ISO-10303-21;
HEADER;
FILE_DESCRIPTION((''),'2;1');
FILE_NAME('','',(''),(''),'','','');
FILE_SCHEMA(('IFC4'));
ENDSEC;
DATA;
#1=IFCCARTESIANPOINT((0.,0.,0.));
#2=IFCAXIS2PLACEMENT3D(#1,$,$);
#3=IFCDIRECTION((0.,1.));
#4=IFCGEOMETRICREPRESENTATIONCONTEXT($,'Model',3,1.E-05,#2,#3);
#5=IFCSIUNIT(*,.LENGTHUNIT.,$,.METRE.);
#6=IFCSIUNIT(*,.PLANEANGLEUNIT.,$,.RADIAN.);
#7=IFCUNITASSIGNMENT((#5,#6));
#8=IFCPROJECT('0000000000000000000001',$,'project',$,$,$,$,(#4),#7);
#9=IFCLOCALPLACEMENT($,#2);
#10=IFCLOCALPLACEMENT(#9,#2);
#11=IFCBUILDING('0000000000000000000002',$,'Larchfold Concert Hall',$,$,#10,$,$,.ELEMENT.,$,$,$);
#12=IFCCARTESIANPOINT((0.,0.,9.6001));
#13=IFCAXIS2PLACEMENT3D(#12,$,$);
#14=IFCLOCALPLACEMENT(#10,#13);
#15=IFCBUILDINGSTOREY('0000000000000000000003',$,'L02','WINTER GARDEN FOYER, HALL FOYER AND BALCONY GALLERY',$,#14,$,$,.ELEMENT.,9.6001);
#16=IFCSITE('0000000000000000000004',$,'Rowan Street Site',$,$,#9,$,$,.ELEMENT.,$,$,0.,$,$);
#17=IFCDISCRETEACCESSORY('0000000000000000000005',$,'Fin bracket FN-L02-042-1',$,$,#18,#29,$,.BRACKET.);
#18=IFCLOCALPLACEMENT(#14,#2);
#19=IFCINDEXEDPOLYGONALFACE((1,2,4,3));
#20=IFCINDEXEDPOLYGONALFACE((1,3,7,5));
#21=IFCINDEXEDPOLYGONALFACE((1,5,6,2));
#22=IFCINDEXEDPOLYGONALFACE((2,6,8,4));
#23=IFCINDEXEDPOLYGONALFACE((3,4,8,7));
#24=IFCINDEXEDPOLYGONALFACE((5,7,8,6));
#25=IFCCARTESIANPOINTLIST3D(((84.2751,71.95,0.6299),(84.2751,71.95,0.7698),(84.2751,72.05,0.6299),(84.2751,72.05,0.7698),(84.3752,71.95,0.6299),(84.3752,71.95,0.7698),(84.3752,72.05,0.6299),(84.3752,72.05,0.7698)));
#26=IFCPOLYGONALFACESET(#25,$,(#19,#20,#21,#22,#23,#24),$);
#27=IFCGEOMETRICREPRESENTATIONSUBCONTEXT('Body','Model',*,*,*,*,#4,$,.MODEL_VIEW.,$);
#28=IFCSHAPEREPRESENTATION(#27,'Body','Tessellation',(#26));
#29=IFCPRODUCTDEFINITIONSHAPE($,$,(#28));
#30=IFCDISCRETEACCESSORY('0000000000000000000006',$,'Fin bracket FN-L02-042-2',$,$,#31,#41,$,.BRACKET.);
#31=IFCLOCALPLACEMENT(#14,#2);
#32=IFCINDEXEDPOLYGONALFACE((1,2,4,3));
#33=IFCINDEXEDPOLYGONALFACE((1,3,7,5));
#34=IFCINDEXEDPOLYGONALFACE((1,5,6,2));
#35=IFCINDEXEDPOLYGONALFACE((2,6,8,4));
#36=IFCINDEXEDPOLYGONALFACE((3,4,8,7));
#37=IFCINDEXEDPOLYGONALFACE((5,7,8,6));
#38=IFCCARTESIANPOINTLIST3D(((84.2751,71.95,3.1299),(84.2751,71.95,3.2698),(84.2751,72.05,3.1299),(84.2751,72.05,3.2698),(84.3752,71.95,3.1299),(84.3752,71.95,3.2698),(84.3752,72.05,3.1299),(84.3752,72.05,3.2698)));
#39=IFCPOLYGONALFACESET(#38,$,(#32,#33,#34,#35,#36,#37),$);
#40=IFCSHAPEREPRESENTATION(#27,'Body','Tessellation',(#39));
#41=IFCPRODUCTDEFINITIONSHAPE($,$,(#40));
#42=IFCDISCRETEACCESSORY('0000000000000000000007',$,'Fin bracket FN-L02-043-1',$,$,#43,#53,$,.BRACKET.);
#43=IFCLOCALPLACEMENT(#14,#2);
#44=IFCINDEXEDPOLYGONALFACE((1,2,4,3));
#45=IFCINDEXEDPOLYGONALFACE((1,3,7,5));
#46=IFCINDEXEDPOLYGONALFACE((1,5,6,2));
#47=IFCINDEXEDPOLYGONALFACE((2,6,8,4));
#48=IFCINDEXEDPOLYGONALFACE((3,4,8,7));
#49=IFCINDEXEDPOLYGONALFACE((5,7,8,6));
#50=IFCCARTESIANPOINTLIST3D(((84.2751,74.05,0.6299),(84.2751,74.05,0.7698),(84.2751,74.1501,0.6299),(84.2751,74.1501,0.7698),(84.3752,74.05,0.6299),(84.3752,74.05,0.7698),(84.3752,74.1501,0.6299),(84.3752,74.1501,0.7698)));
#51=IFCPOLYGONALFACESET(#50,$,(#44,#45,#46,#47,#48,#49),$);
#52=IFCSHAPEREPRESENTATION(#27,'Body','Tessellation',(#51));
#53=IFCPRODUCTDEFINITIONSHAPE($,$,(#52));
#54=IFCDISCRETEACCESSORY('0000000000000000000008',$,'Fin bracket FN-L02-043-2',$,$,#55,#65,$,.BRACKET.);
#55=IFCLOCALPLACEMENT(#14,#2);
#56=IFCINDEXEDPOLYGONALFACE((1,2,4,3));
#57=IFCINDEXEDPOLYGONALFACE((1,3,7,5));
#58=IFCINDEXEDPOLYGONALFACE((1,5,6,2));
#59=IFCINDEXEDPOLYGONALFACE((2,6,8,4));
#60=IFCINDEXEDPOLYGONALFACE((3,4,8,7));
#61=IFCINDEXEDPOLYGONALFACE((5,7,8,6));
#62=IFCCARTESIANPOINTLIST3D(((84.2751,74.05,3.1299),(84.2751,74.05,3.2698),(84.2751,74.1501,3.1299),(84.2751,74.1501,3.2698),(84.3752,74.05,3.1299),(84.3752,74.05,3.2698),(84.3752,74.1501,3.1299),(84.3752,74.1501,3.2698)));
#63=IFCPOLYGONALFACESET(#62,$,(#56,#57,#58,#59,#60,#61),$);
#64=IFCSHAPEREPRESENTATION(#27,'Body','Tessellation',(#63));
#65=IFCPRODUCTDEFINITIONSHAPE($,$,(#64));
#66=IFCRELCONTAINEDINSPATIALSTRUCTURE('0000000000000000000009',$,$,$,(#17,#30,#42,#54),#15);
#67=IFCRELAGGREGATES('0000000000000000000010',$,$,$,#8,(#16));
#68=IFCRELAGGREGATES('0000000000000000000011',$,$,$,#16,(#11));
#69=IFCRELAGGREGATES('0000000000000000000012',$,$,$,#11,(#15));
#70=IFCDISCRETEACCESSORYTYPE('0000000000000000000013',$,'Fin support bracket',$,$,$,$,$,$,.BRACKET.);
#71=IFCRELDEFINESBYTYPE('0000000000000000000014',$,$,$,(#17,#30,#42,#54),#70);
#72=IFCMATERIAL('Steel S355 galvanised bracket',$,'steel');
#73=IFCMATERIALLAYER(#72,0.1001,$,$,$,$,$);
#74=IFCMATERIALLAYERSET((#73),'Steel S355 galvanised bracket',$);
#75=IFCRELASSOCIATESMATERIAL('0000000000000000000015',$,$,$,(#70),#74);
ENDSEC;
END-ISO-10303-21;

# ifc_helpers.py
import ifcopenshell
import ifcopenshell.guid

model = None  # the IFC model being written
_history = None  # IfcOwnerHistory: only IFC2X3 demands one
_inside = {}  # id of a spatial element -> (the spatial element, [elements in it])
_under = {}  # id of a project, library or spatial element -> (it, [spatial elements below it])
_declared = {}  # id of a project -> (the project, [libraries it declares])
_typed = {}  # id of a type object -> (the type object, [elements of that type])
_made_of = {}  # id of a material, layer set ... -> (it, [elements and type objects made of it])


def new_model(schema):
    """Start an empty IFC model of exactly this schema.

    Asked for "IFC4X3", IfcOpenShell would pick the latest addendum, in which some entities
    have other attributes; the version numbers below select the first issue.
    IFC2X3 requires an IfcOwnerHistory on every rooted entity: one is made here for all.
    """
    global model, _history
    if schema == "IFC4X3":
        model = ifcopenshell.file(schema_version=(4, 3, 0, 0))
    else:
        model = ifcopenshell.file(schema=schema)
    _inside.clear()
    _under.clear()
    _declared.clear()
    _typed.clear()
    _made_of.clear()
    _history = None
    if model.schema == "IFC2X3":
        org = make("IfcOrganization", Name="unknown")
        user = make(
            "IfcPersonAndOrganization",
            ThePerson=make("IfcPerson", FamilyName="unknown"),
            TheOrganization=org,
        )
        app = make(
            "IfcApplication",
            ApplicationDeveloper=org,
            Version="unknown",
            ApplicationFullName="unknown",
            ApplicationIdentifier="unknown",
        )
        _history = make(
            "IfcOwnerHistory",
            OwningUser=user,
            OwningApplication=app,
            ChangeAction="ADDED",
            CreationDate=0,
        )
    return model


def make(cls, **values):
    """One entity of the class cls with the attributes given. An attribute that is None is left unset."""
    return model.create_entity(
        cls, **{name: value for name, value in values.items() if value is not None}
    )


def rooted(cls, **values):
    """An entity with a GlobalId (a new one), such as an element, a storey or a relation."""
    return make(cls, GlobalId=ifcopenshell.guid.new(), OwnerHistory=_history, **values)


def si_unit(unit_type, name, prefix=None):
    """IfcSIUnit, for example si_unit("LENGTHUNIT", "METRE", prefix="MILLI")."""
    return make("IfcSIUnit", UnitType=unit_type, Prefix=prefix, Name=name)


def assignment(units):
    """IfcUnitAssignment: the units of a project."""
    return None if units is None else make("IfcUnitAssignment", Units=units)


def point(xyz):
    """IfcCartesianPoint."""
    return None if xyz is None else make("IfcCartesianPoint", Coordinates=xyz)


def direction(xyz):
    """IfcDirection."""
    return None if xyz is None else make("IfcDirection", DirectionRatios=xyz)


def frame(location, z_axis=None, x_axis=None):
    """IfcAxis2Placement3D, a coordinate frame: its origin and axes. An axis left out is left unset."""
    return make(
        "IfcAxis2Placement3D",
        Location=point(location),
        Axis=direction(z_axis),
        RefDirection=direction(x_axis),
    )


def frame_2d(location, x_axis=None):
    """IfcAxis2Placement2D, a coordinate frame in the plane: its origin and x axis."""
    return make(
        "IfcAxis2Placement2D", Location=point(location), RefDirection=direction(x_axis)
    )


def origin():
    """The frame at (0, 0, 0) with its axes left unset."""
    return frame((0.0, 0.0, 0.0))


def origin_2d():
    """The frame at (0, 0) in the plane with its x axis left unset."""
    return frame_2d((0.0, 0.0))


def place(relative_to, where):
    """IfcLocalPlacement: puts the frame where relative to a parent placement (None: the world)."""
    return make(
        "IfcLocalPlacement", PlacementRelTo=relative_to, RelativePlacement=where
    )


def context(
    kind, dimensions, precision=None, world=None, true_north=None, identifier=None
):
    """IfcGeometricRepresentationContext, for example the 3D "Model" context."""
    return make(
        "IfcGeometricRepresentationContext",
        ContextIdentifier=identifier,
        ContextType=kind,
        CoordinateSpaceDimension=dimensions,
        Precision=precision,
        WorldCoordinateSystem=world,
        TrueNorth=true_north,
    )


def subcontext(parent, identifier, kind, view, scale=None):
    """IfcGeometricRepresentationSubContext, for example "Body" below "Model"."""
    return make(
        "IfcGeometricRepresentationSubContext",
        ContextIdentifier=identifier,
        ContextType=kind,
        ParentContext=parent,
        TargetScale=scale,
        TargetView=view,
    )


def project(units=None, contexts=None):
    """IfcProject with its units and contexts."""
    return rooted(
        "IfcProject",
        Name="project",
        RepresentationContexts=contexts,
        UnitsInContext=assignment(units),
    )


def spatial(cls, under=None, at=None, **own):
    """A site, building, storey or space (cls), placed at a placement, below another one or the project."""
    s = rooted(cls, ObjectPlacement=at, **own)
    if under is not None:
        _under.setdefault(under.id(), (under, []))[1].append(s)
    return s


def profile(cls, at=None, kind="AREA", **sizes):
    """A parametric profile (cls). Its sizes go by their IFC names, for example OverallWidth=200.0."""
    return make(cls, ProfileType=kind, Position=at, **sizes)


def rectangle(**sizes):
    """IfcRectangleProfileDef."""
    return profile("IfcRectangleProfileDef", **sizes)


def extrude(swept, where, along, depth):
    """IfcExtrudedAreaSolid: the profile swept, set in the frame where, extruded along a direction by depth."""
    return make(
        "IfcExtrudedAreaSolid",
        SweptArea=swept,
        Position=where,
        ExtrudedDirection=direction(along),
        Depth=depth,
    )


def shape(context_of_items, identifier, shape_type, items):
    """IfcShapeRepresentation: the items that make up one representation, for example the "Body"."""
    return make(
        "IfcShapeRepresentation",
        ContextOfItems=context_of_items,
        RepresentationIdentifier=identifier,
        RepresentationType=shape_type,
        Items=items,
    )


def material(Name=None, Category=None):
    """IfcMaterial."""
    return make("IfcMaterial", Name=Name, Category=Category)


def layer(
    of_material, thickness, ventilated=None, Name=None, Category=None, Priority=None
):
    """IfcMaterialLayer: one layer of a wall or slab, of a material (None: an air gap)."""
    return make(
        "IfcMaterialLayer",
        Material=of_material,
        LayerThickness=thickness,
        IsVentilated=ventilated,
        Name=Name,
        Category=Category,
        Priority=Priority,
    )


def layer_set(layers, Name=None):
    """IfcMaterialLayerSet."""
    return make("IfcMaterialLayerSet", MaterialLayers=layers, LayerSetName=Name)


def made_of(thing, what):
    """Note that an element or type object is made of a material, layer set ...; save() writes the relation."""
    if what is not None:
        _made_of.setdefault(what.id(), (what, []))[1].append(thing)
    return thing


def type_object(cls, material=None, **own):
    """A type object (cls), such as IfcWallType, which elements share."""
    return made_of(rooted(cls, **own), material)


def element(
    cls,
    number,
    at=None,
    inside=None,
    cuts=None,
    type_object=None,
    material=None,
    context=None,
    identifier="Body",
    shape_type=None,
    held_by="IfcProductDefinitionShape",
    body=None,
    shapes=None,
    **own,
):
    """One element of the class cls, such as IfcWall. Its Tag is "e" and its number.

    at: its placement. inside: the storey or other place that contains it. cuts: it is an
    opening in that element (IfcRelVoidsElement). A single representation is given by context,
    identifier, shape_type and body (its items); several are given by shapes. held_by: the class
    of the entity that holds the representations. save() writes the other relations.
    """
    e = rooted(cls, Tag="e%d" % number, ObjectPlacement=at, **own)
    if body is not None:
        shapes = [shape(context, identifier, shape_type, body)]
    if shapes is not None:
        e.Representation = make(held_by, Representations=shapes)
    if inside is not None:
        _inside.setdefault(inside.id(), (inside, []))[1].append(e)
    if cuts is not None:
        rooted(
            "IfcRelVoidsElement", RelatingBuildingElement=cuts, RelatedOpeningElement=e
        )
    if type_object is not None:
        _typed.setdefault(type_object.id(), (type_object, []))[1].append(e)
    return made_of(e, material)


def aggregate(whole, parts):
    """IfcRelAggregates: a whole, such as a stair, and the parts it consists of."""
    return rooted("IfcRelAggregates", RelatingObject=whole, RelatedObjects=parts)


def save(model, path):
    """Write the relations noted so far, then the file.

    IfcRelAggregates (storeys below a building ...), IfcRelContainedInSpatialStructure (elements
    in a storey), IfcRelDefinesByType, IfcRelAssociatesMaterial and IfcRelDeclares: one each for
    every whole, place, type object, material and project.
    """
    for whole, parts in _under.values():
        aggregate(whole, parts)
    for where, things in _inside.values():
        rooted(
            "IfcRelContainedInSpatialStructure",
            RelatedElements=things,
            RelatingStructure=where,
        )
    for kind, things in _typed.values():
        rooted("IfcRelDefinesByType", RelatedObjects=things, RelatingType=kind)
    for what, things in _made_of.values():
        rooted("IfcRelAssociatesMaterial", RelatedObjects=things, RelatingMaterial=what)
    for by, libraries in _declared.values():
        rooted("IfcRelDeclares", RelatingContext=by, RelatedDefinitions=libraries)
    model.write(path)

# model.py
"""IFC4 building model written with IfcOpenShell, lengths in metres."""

from ifc_helpers import new_model, si_unit, direction, frame, origin, origin_2d, place, context, subcontext, project, spatial, rectangle, extrude, material, layer, layer_set, type_object, element, save


model = new_model("IFC4")

# Units and contexts
model_context = context("Model", 3, precision=1e-05, world=origin(), true_north=direction((0.0, 1.0)))
body_context = subcontext(model_context, "Body", "Model", "MODEL_VIEW")
ifc_project = project(units=[si_unit("LENGTHUNIT", "METRE"), si_unit("PLANEANGLEUNIT", "RADIAN")], contexts=[model_context])

# Site, building, storey
site_placement = place(None, origin())
site = spatial("IfcSite", under=ifc_project, at=site_placement, Name="Rowan Street Site", CompositionType="ELEMENT", RefElevation=0.0)
building_placement = place(site_placement, origin())
building = spatial("IfcBuilding", under=site, at=building_placement, Name="Larchfold Concert Hall", CompositionType="ELEMENT")
storey_placement = place(building_placement, frame((0.0, 0.0, 9.6001)))
storey = spatial("IfcBuildingStorey", under=building, at=storey_placement, Name="L02", Description="WINTER GARDEN FOYER, HALL FOYER AND BALCONY GALLERY", CompositionType="ELEMENT", Elevation=9.6001)

# Discrete accessories
ifc_material_1 = material(Name="Steel S355 galvanised bracket", Category="steel")
ifc_layer_1 = layer(ifc_material_1, 0.1001)
ifc_layer_set_1 = layer_set([ifc_layer_1], Name="Steel S355 galvanised bracket")
discrete_accessory_type = type_object("IfcDiscreteAccessoryType", Name="Fin support bracket", PredefinedType="BRACKET", material=ifc_layer_set_1)
for number, where, z_axis, x_axis, name in (
    (1, (84.3252, 72.0, 0.6299), (0.0, 0.0, 1.0), (-1.0, 0.0, 0.0), "Fin bracket FN-L02-042-1"),
    (2, (84.3252, 72.0, 3.1299), (0.0, 0.0, 1.0), (-1.0, 0.0, 0.0), "Fin bracket FN-L02-042-2"),
    (3, (84.3252, 74.1001, 0.6299), (0.0, 0.0, 1.0), (-1.0, 0.0, 0.0), "Fin bracket FN-L02-043-1"),
    (4, (84.3252, 74.1001, 3.1299), (0.0, 0.0, 1.0), (-1.0, 0.0, 0.0), "Fin bracket FN-L02-043-2"),
):
    element("IfcDiscreteAccessory", number, at=place(storey_placement, frame(where, z_axis=z_axis, x_axis=x_axis)), inside=storey, type_object=discrete_accessory_type, Name=name, PredefinedType="BRACKET", context=body_context, shape_type="SweptSolid", body=[
        extrude(rectangle(XDim=0.1001, YDim=0.1001, at=origin_2d()), origin(), (0.0, 0.0, 1.0), 0.1399),
    ])

save(model, "model.ifc")
